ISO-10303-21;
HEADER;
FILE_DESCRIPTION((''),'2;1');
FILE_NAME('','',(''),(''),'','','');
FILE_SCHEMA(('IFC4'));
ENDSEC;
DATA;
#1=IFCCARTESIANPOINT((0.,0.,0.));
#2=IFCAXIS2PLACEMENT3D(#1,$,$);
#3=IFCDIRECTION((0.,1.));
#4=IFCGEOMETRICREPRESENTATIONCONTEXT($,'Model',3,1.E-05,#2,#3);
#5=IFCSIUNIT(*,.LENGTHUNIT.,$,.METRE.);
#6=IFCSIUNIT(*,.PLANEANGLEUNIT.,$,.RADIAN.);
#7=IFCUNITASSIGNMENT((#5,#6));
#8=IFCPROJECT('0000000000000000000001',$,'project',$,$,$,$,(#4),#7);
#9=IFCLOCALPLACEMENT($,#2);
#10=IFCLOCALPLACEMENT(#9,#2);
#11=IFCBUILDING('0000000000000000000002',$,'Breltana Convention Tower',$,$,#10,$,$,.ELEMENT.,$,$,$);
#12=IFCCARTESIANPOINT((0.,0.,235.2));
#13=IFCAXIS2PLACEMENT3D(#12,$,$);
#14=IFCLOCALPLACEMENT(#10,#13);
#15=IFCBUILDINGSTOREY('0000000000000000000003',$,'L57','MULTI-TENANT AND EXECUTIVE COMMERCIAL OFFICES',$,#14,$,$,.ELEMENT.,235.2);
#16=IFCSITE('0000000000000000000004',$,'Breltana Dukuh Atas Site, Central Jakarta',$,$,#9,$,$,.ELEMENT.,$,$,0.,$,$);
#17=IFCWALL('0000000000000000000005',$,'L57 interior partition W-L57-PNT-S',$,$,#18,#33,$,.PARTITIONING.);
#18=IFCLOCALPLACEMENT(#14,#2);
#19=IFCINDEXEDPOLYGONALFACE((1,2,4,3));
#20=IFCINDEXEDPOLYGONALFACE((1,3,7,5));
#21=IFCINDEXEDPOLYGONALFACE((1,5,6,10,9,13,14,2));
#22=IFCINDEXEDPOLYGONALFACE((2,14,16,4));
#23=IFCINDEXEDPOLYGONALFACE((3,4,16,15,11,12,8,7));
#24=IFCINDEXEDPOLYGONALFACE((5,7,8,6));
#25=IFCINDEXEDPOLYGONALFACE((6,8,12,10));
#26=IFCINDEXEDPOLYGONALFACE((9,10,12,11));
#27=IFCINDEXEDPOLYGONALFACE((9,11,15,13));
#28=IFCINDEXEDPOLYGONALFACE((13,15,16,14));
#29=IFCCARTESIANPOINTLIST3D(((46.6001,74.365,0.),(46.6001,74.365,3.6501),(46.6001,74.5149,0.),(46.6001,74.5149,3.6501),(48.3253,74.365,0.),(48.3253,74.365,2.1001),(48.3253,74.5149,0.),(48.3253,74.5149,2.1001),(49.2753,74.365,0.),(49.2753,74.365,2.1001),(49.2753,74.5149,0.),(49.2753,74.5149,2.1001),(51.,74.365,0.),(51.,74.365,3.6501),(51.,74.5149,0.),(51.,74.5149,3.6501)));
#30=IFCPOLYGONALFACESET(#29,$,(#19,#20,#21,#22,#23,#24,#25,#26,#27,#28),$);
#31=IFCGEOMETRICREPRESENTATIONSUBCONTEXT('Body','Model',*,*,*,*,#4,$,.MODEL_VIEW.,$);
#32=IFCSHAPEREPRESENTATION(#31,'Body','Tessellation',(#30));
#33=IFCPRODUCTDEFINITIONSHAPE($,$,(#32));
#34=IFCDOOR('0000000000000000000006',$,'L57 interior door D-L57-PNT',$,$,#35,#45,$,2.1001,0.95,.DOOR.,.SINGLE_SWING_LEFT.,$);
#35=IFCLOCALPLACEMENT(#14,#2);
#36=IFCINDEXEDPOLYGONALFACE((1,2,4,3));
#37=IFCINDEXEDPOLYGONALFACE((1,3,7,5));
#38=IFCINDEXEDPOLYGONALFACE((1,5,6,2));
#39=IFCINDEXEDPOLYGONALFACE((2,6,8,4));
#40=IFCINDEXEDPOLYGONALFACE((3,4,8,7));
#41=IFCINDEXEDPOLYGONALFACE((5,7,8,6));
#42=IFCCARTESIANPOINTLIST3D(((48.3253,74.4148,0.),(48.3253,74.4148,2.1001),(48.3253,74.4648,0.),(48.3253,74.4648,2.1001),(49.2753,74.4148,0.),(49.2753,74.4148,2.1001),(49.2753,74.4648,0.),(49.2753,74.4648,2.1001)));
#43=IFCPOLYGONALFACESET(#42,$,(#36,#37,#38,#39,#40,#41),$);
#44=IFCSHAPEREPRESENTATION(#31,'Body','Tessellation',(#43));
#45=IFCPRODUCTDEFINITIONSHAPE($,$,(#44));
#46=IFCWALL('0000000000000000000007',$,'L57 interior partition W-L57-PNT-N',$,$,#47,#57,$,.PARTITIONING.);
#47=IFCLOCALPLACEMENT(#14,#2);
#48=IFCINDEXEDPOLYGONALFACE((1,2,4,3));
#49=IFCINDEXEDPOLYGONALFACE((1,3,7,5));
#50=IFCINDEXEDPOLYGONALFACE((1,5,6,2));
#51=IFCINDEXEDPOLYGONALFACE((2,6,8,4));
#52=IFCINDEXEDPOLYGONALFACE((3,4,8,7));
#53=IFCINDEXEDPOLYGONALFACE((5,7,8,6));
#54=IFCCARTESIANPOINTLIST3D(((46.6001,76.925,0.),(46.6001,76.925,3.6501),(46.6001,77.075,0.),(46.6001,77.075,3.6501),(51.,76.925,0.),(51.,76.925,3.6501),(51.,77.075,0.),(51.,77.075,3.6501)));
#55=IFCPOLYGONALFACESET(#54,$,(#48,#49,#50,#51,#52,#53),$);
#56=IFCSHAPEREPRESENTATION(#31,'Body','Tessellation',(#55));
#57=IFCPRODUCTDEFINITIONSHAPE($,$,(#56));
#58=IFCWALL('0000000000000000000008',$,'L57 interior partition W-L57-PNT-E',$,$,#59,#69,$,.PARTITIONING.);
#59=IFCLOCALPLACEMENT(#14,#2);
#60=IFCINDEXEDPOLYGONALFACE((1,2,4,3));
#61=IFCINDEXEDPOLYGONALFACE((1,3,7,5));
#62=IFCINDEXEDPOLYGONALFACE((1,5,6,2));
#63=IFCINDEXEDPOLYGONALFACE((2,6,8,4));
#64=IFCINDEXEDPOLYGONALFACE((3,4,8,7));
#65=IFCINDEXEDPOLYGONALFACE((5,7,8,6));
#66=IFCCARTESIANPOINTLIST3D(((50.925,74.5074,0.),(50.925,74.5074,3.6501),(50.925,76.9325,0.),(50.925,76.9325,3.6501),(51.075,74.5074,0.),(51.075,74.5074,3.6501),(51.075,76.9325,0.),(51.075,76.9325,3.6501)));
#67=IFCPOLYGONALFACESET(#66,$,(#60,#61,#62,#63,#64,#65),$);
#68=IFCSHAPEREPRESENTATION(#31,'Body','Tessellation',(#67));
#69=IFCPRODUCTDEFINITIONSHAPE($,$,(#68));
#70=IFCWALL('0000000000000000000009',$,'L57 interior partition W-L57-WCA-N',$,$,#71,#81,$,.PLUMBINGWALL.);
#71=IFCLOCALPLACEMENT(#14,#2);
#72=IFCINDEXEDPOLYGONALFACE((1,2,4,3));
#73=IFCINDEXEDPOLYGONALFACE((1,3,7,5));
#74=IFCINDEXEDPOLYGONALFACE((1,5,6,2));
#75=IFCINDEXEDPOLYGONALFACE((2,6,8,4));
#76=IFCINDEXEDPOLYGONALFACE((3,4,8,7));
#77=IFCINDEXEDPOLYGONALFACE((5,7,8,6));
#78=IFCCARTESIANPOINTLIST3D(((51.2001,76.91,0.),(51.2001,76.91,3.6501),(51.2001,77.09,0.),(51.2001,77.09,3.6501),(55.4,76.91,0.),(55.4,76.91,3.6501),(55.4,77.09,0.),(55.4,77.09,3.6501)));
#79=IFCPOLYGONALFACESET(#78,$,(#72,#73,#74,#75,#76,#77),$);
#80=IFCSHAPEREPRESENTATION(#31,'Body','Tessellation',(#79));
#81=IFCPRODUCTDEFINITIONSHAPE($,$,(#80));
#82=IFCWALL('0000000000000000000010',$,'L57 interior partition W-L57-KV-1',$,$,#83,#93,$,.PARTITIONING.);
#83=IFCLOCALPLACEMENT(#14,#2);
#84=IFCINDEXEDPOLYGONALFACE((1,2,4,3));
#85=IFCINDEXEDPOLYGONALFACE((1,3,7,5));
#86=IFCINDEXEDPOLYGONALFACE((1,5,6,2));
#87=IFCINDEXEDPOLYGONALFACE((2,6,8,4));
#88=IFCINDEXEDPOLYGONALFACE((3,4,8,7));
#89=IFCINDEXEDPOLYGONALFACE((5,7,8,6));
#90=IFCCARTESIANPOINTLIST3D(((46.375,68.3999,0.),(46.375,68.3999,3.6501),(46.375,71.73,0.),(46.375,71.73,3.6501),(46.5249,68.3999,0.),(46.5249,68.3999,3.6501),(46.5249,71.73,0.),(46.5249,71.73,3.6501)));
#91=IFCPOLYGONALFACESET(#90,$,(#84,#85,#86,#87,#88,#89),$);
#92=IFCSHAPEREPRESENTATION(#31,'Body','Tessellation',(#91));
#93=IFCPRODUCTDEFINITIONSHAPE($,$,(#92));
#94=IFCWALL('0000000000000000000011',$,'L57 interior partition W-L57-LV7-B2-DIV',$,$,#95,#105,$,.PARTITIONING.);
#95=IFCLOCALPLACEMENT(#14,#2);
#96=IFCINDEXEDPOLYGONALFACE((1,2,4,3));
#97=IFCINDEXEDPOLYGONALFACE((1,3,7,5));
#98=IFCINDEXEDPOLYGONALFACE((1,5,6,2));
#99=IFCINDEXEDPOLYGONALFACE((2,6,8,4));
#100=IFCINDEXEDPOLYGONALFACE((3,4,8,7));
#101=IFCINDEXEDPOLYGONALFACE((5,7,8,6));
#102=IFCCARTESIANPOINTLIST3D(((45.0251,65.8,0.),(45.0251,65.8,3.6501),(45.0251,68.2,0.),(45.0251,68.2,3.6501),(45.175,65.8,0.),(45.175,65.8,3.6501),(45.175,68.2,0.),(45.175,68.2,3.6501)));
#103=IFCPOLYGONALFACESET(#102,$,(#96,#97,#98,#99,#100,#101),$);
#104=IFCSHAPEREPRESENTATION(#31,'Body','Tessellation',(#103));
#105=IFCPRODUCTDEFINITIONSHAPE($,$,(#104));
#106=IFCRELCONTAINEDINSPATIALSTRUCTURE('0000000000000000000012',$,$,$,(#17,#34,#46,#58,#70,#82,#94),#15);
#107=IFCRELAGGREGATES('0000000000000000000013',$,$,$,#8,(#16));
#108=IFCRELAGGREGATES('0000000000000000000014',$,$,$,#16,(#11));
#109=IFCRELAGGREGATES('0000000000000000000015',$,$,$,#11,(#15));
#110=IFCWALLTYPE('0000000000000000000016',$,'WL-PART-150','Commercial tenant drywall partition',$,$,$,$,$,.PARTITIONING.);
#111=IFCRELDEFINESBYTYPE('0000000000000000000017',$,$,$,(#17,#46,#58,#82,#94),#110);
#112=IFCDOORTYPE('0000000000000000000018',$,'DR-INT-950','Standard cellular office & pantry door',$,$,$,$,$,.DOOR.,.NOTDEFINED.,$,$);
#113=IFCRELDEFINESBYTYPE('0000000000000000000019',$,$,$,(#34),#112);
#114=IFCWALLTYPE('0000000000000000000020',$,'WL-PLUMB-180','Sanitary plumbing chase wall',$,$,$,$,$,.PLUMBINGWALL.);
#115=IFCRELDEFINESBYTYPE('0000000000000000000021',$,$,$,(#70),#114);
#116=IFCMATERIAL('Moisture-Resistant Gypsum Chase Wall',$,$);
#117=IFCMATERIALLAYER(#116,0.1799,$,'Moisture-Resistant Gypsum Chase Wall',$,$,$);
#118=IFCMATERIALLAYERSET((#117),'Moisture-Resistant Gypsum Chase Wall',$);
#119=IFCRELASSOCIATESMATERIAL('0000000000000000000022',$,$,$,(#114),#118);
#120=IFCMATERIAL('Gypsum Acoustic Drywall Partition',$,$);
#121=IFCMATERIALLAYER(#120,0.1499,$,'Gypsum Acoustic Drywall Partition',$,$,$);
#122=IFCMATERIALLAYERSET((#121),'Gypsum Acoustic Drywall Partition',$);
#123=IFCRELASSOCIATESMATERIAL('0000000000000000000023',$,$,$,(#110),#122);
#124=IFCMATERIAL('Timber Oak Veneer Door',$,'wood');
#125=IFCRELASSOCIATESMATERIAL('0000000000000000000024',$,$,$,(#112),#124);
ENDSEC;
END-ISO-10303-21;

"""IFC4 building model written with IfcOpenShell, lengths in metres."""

from ifc_helpers import new_model, si_unit, direction, frame, frame_2d, origin, place, context, subcontext, project, spatial, rectangle, extrude, source, transform, mapped, material, layer, layer_set, type_object, type_shapes, element, fill, save


model = new_model("IFC4")

# Units and contexts
model_context = context("Model", 3, precision=1e-05, world=origin(), true_north=direction((0.0, 1.0)))
body_context = subcontext(model_context, "Body", "Model", "MODEL_VIEW")
ifc_project = project(units=[si_unit("LENGTHUNIT", "METRE"), si_unit("PLANEANGLEUNIT", "RADIAN")], contexts=[model_context])

# Site, building, storey
site_placement = place(None, origin())
site = spatial("IfcSite", under=ifc_project, at=site_placement, Name="Breltana Dukuh Atas Site, Central Jakarta", CompositionType="ELEMENT", RefElevation=0.0)
building_placement = place(site_placement, origin())
building = spatial("IfcBuilding", under=site, at=building_placement, Name="Breltana Convention Tower", CompositionType="ELEMENT")
storey_placement = place(building_placement, frame((0.0, 0.0, 235.2)))
storey = spatial("IfcBuildingStorey", under=building, at=storey_placement, Name="L57", Description="MULTI-TENANT AND EXECUTIVE COMMERCIAL OFFICES", CompositionType="ELEMENT", Elevation=235.2)

# Shared definitions
ifc_material_1 = material(Name="Moisture-Resistant Gypsum Chase Wall")
ifc_layer_1 = layer(ifc_material_1, 0.1799, Name="Moisture-Resistant Gypsum Chase Wall")
ifc_layer_set_1 = layer_set([ifc_layer_1], Name="Moisture-Resistant Gypsum Chase Wall")
wall_type_1 = type_object("IfcWallType", Name="WL-PLUMB-180", Description="Sanitary plumbing chase wall", PredefinedType="PLUMBINGWALL", material=ifc_layer_set_1)

# Wall, opening, door
ifc_material_2 = material(Name="Gypsum Acoustic Drywall Partition")
ifc_layer_2 = layer(ifc_material_2, 0.1499, Name="Gypsum Acoustic Drywall Partition")
ifc_layer_set_2 = layer_set([ifc_layer_2], Name="Gypsum Acoustic Drywall Partition")
wall_type_2 = type_object("IfcWallType", Name="WL-PART-150", Description="Commercial tenant drywall partition", PredefinedType="PARTITIONING", material=ifc_layer_set_2)
shared_shape_1 = source(origin(), body_context, "Body", "SweptSolid", [
    extrude(rectangle(XDim=4.3999, YDim=0.1499, at=frame_2d((2.2, 0.0))), origin(), (0.0, 0.0, 1.0), 3.6501),
])
wall_1_placement = place(storey_placement, frame((46.6001, 74.4399, 0.0), z_axis=(0.0, 0.0, 1.0), x_axis=(1.0, 0.0, 0.0)))
wall_1 = element("IfcWall", 1, at=wall_1_placement, inside=storey, type_object=wall_type_2, Name="L57 interior partition W-L57-PNT-S", PredefinedType="PARTITIONING", context=body_context, shape_type="MappedRepresentation", body=[
    mapped(shared_shape_1, transform((0.0, 0.0, 0.0), scale=1.0)),
])
opening_1_placement = place(wall_1_placement, frame((1.7251, 0.0, 0.0)))
opening_1 = element("IfcOpeningElement", 2, at=opening_1_placement, cuts=wall_1, PredefinedType="OPENING", context=body_context, shape_type="SweptSolid", body=[
    extrude(rectangle(XDim=0.95, YDim=2.1001, at=frame_2d((0.4751, 1.05))), frame((0.0, 0.085, 0.0), z_axis=(0.0, -1.0, 0.0), x_axis=(1.0, 0.0, 0.0)), (0.0, 0.0, 1.0), 0.1699),
])
ifc_material_3 = material(Name="Timber Oak Veneer Door", Category="wood")
door_type_1 = type_object("IfcDoorType", Name="DR-INT-950", Description="Standard cellular office & pantry door", OperationType="NOTDEFINED", PredefinedType="DOOR", material=ifc_material_3)
shared_shape_2 = source(origin(), body_context, "Body", "SweptSolid", [
    extrude(rectangle(XDim=0.95, YDim=2.1001, at=frame_2d((0.4751, 1.05))), frame((0.0, 0.0249, 0.0), z_axis=(0.0, -1.0, 0.0), x_axis=(1.0, 0.0, 0.0)), (0.0, 0.0, 1.0), 0.05),
])
type_shapes(door_type_1, [shared_shape_2])
door_1_placement = place(opening_1_placement, origin())
door_1 = element("IfcDoor", 3, at=door_1_placement, inside=storey, type_object=door_type_1, Name="L57 interior door D-L57-PNT", OperationType="SINGLE_SWING_LEFT", OverallHeight=2.1001, OverallWidth=0.95, PredefinedType="DOOR", context=body_context, shape_type="MappedRepresentation", body=[
    mapped(shared_shape_2, transform((0.0, 0.0, 0.0), scale=1.0)),
])
fill(opening_1, door_1)

# Walls
wall_2_placement = place(storey_placement, frame((46.6001, 77.0, 0.0), z_axis=(0.0, 0.0, 1.0), x_axis=(1.0, 0.0, 0.0)))
element("IfcWall", 4, at=wall_2_placement, inside=storey, type_object=wall_type_2, Name="L57 interior partition W-L57-PNT-N", PredefinedType="PARTITIONING", context=body_context, shape_type="MappedRepresentation", body=[
    mapped(shared_shape_1, transform((0.0, 0.0, 0.0), scale=1.0)),
])
shared_shape_3 = source(origin(), body_context, "Body", "SweptSolid", [
    extrude(rectangle(XDim=2.425, YDim=0.1499, at=frame_2d((1.2124, 0.0))), origin(), (0.0, 0.0, 1.0), 3.6501),
])
wall_3_placement = place(storey_placement, frame((51.0, 74.5076, 0.0), z_axis=(0.0, 0.0, 1.0), x_axis=(0.0, 1.0, 0.0)))
element("IfcWall", 5, at=wall_3_placement, inside=storey, type_object=wall_type_2, Name="L57 interior partition W-L57-PNT-E", PredefinedType="PARTITIONING", context=body_context, shape_type="MappedRepresentation", body=[
    mapped(shared_shape_3, transform((0.0, 0.0, 0.0), scale=1.0)),
])

# Walls
shared_shape_4 = source(origin(), body_context, "Body", "SweptSolid", [
    extrude(rectangle(XDim=4.2, YDim=0.1799, at=frame_2d((2.1001, 0.0))), origin(), (0.0, 0.0, 1.0), 3.6501),
])
wall_4_placement = place(storey_placement, frame((51.2, 77.0, 0.0), z_axis=(0.0, 0.0, 1.0), x_axis=(1.0, 0.0, 0.0)))
element("IfcWall", 6, at=wall_4_placement, inside=storey, type_object=wall_type_1, Name="L57 interior partition W-L57-WCA-N", PredefinedType="PLUMBINGWALL", context=body_context, shape_type="MappedRepresentation", body=[
    mapped(shared_shape_4, transform((0.0, 0.0, 0.0), scale=1.0)),
])
shared_shape_5 = source(origin(), body_context, "Body", "SweptSolid", [
    extrude(rectangle(XDim=3.3301, YDim=0.1499, at=frame_2d((1.665, 0.0))), origin(), (0.0, 0.0, 1.0), 3.6501),
])
wall_5_placement = place(storey_placement, frame((46.45, 68.3999, 0.0), z_axis=(0.0, 0.0, 1.0), x_axis=(0.0, 1.0, 0.0)))
element("IfcWall", 7, at=wall_5_placement, inside=storey, type_object=wall_type_2, Name="L57 interior partition W-L57-KV-1", PredefinedType="PARTITIONING", context=body_context, shape_type="MappedRepresentation", body=[
    mapped(shared_shape_5, transform((0.0, 0.0, 0.0), scale=1.0)),
])
shared_shape_6 = source(origin(), body_context, "Body", "SweptSolid", [
    extrude(rectangle(XDim=2.3999, YDim=0.1499, at=frame_2d((1.2, 0.0))), origin(), (0.0, 0.0, 1.0), 3.6501),
])
wall_6_placement = place(storey_placement, frame((45.1001, 65.8, 0.0), z_axis=(0.0, 0.0, 1.0), x_axis=(0.0, 1.0, 0.0)))
element("IfcWall", 8, at=wall_6_placement, inside=storey, type_object=wall_type_2, Name="L57 interior partition W-L57-LV7-B2-DIV", PredefinedType="PARTITIONING", context=body_context, shape_type="MappedRepresentation", body=[
    mapped(shared_shape_6, transform((0.0, 0.0, 0.0), scale=1.0)),
])

save(model, "model.ifc")
